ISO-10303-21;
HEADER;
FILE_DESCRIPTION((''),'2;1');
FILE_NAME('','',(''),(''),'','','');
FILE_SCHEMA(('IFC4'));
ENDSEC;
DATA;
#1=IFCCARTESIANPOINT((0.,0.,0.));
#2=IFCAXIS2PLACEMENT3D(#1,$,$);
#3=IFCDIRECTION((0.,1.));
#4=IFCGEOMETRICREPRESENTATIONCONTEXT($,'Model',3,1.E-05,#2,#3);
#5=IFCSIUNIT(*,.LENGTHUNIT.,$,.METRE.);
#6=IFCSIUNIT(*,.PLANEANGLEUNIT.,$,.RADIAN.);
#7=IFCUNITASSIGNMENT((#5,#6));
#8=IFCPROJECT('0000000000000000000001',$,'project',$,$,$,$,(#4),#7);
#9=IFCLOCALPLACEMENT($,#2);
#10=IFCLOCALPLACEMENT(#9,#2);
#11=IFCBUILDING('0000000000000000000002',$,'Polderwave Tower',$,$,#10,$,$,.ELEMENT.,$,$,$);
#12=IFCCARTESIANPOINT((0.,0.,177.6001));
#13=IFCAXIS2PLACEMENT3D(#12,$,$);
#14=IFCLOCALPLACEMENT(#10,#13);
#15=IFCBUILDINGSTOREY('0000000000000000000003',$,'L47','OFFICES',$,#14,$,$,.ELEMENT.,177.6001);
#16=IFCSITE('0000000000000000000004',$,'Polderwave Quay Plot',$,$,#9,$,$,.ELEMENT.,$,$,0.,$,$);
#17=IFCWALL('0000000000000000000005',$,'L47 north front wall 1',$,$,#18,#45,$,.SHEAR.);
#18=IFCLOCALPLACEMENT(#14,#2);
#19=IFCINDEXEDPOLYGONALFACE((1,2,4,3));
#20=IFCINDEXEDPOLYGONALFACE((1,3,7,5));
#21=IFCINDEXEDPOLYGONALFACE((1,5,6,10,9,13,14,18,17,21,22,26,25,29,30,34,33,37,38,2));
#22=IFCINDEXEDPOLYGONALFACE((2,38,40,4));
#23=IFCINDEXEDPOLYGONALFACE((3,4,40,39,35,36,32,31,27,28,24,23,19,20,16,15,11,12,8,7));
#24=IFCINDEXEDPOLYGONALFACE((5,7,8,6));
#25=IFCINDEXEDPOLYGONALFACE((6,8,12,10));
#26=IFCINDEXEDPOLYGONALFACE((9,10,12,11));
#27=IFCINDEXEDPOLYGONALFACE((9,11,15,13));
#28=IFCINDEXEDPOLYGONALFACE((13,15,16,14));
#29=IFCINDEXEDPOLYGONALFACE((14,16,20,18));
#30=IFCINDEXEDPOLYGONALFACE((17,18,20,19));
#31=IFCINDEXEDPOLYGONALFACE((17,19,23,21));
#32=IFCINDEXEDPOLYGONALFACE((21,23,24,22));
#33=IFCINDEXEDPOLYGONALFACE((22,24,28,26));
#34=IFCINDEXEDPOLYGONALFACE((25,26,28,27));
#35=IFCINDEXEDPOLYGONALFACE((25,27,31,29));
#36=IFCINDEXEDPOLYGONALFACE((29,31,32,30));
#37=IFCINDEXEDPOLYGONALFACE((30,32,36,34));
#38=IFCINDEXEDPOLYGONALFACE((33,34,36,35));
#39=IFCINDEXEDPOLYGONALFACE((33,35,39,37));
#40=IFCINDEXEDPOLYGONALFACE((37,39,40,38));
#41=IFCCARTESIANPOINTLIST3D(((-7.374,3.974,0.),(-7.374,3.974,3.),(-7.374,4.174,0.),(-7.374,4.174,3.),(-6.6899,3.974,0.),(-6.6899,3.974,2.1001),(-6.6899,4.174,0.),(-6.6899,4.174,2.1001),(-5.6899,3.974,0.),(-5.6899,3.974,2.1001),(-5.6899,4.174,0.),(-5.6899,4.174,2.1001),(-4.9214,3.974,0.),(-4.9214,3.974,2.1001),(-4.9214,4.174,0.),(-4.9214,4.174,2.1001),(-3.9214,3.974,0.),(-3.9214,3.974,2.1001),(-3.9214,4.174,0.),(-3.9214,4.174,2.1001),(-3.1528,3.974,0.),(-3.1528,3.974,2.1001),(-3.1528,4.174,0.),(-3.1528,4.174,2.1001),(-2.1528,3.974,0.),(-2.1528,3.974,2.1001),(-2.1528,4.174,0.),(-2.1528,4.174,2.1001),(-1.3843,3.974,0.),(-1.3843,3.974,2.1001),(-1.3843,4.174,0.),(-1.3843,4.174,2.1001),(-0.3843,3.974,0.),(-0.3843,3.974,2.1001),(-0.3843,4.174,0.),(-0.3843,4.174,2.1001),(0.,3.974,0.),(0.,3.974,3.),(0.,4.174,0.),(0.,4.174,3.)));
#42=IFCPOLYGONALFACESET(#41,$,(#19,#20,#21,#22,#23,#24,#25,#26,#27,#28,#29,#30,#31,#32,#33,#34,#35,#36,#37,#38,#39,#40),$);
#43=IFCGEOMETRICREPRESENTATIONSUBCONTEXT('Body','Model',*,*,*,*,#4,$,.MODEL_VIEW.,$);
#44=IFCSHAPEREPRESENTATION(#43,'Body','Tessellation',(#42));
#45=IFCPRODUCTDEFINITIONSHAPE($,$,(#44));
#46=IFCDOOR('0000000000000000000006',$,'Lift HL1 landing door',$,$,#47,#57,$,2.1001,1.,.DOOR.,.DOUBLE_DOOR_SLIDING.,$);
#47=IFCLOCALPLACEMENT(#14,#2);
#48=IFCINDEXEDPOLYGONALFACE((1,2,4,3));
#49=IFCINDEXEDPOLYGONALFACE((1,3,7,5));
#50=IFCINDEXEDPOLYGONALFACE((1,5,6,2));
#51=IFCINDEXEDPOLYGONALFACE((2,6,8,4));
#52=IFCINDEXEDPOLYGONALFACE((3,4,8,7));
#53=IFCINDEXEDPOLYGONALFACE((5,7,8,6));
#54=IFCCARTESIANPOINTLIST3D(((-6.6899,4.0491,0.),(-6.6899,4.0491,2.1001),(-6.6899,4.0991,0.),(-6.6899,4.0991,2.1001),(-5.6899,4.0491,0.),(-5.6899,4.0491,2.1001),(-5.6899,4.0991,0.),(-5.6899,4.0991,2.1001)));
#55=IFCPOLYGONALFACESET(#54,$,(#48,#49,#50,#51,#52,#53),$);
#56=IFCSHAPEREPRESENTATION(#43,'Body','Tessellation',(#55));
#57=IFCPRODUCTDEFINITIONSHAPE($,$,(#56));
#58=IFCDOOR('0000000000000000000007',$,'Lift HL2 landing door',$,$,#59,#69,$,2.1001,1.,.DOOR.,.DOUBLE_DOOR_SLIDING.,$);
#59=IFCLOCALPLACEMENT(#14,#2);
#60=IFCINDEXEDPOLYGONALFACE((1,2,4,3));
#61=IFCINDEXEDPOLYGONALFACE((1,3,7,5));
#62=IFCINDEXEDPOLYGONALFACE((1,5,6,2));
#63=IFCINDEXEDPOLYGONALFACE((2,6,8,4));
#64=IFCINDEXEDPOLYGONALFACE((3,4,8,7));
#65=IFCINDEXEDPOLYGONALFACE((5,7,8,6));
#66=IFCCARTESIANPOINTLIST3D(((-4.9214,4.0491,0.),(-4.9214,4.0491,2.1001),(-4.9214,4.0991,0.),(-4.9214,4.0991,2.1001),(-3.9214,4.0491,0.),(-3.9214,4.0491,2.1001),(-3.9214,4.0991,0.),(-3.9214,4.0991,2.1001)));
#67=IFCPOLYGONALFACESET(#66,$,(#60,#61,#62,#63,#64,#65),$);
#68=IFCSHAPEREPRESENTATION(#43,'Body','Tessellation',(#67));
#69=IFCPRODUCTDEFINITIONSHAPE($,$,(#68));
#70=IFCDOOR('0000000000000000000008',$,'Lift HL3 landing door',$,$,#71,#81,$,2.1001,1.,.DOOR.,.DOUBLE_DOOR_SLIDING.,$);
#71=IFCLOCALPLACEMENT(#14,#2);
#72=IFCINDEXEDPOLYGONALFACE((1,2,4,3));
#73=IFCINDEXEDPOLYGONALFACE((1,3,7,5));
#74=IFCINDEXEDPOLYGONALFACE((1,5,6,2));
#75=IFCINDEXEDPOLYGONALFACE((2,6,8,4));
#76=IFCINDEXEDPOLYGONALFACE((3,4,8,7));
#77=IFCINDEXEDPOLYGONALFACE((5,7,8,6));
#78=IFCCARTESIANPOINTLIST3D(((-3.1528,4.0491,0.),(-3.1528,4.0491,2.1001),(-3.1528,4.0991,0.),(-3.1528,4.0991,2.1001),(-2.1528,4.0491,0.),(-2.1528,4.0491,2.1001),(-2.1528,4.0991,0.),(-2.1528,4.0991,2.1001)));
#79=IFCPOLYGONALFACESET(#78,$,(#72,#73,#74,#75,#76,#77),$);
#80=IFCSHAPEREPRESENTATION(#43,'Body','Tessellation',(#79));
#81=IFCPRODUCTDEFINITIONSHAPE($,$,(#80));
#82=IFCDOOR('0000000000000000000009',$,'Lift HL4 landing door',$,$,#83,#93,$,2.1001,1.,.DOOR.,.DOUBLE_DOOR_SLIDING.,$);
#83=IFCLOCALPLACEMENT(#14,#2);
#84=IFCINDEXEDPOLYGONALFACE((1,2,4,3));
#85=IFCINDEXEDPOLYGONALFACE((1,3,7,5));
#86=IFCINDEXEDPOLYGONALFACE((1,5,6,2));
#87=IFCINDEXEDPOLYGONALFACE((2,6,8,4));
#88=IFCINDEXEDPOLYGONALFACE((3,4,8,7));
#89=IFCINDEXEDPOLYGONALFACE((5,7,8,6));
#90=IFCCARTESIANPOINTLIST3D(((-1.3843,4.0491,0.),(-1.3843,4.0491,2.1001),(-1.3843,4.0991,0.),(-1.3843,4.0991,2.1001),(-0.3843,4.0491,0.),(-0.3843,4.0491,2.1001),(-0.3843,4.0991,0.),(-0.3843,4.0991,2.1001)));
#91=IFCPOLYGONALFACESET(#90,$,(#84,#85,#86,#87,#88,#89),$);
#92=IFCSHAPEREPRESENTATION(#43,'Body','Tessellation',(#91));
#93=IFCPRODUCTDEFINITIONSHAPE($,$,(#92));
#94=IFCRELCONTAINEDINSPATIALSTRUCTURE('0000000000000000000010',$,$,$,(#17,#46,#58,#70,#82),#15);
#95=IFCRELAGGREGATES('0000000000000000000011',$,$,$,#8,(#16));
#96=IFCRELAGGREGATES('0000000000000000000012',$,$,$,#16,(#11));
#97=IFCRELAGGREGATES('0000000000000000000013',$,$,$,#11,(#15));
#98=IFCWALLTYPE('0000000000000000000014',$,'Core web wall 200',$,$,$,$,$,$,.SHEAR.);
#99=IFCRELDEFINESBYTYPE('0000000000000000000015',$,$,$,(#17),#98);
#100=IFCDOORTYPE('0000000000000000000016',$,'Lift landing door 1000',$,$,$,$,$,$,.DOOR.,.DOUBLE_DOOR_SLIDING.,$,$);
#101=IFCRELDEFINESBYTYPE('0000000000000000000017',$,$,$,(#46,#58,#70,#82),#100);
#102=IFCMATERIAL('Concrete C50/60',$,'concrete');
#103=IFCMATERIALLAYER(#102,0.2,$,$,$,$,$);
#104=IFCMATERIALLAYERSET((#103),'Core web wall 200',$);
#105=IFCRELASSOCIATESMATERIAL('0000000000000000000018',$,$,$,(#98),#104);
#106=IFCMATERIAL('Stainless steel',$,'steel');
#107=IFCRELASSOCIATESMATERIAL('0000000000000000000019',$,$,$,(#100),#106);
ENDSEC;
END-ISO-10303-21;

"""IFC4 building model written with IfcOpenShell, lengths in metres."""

from ifc_helpers import new_model, si_unit, direction, frame, frame_2d, origin, place, context, subcontext, project, spatial, rectangle, extrude, material, layer, layer_set, type_object, element, fill, save


model = new_model("IFC4")

# Units and contexts
model_context = context("Model", 3, precision=1e-05, world=origin(), true_north=direction((0.0, 1.0)))
body_context = subcontext(model_context, "Body", "Model", "MODEL_VIEW")
ifc_project = project(units=[si_unit("LENGTHUNIT", "METRE"), si_unit("PLANEANGLEUNIT", "RADIAN")], contexts=[model_context])

# Site, building, storey
site_placement = place(None, origin())
site = spatial("IfcSite", under=ifc_project, at=site_placement, Name="Polderwave Quay Plot", CompositionType="ELEMENT", RefElevation=0.0)
building_placement = place(site_placement, origin())
building = spatial("IfcBuilding", under=site, at=building_placement, Name="Polderwave Tower", CompositionType="ELEMENT")
storey_placement = place(building_placement, frame((0.0, 0.0, 177.6001)))
storey = spatial("IfcBuildingStorey", under=building, at=storey_placement, Name="L47", Description="OFFICES", CompositionType="ELEMENT", Elevation=177.6001)

# Wall, openings, doors
ifc_material_1 = material(Name="Concrete C50/60", Category="concrete")
ifc_layer_1 = layer(ifc_material_1, 0.2)
ifc_layer_set_1 = layer_set([ifc_layer_1], Name="Core web wall 200")
wall_type_1 = type_object("IfcWallType", Name="Core web wall 200", PredefinedType="SHEAR", material=ifc_layer_set_1)
wall_1_placement = place(storey_placement, frame((-7.374, 4.074, 0.0), z_axis=(0.0, 0.0, 1.0), x_axis=(1.0, 0.0, 0.0)))
wall_1 = element("IfcWall", 1, at=wall_1_placement, inside=storey, type_object=wall_type_1, Name="L47 north front wall 1", PredefinedType="SHEAR", context=body_context, shape_type="SweptSolid", body=[
    extrude(rectangle(XDim=7.374, YDim=0.2, at=frame_2d((3.687, 0.0))), origin(), (0.0, 0.0, 1.0), 3.0),
])
opening_1_placement = place(wall_1_placement, frame((0.6841, 0.0, 0.0)))
opening_1 = element("IfcOpeningElement", 2, at=opening_1_placement, cuts=wall_1, PredefinedType="OPENING", context=body_context, shape_type="SweptSolid", body=[
    extrude(rectangle(XDim=1.0, YDim=2.1001, at=frame_2d((0.5, 1.05))), frame((0.0, 0.1099, 0.0), z_axis=(0.0, -1.0, 0.0), x_axis=(1.0, 0.0, 0.0)), (0.0, 0.0, 1.0), 0.22),
])
opening_2_placement = place(wall_1_placement, frame((2.4526, 0.0, 0.0)))
opening_2 = element("IfcOpeningElement", 3, at=opening_2_placement, cuts=wall_1, PredefinedType="OPENING", context=body_context, shape_type="SweptSolid", body=[
    extrude(rectangle(XDim=1.0, YDim=2.1001, at=frame_2d((0.5, 1.05))), frame((0.0, 0.1099, 0.0), z_axis=(0.0, -1.0, 0.0), x_axis=(1.0, 0.0, 0.0)), (0.0, 0.0, 1.0), 0.22),
])
opening_3_placement = place(wall_1_placement, frame((4.2212, 0.0, 0.0)))
opening_3 = element("IfcOpeningElement", 4, at=opening_3_placement, cuts=wall_1, PredefinedType="OPENING", context=body_context, shape_type="SweptSolid", body=[
    extrude(rectangle(XDim=1.0, YDim=2.1001, at=frame_2d((0.5, 1.05))), frame((0.0, 0.1099, 0.0), z_axis=(0.0, -1.0, 0.0), x_axis=(1.0, 0.0, 0.0)), (0.0, 0.0, 1.0), 0.22),
])
opening_4_placement = place(wall_1_placement, frame((5.9897, 0.0, 0.0)))
opening_4 = element("IfcOpeningElement", 5, at=opening_4_placement, cuts=wall_1, PredefinedType="OPENING", context=body_context, shape_type="SweptSolid", body=[
    extrude(rectangle(XDim=1.0, YDim=2.1001, at=frame_2d((0.5, 1.05))), frame((0.0, 0.1099, 0.0), z_axis=(0.0, -1.0, 0.0), x_axis=(1.0, 0.0, 0.0)), (0.0, 0.0, 1.0), 0.22),
])
ifc_material_2 = material(Name="Stainless steel", Category="steel")
door_type_1 = type_object("IfcDoorType", Name="Lift landing door 1000", OperationType="DOUBLE_DOOR_SLIDING", PredefinedType="DOOR", material=ifc_material_2)
door_1_placement = place(opening_1_placement, frame((1.0, 0.0, 0.0), z_axis=(0.0, 0.0, 1.0), x_axis=(-1.0, 0.0, 0.0)))
door_1 = element("IfcDoor", 6, at=door_1_placement, inside=storey, type_object=door_type_1, Name="Lift HL1 landing door", OperationType="DOUBLE_DOOR_SLIDING", OverallHeight=2.1001, OverallWidth=1.0, PredefinedType="DOOR", context=body_context, shape_type="SweptSolid", body=[
    extrude(rectangle(XDim=1.0, YDim=2.1001, at=frame_2d((0.5, 1.05))), frame((0.0, 0.0249, 0.0), z_axis=(0.0, -1.0, 0.0), x_axis=(1.0, 0.0, 0.0)), (0.0, 0.0, 1.0), 0.05),
])
fill(opening_1, door_1)
door_2_placement = place(opening_2_placement, frame((1.0, 0.0, 0.0), z_axis=(0.0, 0.0, 1.0), x_axis=(-1.0, 0.0, 0.0)))
door_2 = element("IfcDoor", 7, at=door_2_placement, inside=storey, type_object=door_type_1, Name="Lift HL2 landing door", OperationType="DOUBLE_DOOR_SLIDING", OverallHeight=2.1001, OverallWidth=1.0, PredefinedType="DOOR", context=body_context, shape_type="SweptSolid", body=[
    extrude(rectangle(XDim=1.0, YDim=2.1001, at=frame_2d((0.5, 1.05))), frame((0.0, 0.0249, 0.0), z_axis=(0.0, -1.0, 0.0), x_axis=(1.0, 0.0, 0.0)), (0.0, 0.0, 1.0), 0.05),
])
fill(opening_2, door_2)
door_3_placement = place(opening_3_placement, frame((1.0, 0.0, 0.0), z_axis=(0.0, 0.0, 1.0), x_axis=(-1.0, 0.0, 0.0)))
door_3 = element("IfcDoor", 8, at=door_3_placement, inside=storey, type_object=door_type_1, Name="Lift HL3 landing door", OperationType="DOUBLE_DOOR_SLIDING", OverallHeight=2.1001, OverallWidth=1.0, PredefinedType="DOOR", context=body_context, shape_type="SweptSolid", body=[
    extrude(rectangle(XDim=1.0, YDim=2.1001, at=frame_2d((0.5, 1.05))), frame((0.0, 0.0249, 0.0), z_axis=(0.0, -1.0, 0.0), x_axis=(1.0, 0.0, 0.0)), (0.0, 0.0, 1.0), 0.05),
])
fill(opening_3, door_3)
door_4_placement = place(opening_4_placement, frame((1.0, 0.0, 0.0), z_axis=(0.0, 0.0, 1.0), x_axis=(-1.0, 0.0, 0.0)))
door_4 = element("IfcDoor", 9, at=door_4_placement, inside=storey, type_object=door_type_1, Name="Lift HL4 landing door", OperationType="DOUBLE_DOOR_SLIDING", OverallHeight=2.1001, OverallWidth=1.0, PredefinedType="DOOR", context=body_context, shape_type="SweptSolid", body=[
    extrude(rectangle(XDim=1.0, YDim=2.1001, at=frame_2d((0.5, 1.05))), frame((0.0, 0.0249, 0.0), z_axis=(0.0, -1.0, 0.0), x_axis=(1.0, 0.0, 0.0)), (0.0, 0.0, 1.0), 0.05),
])
fill(opening_4, door_4)

save(model, "model.ifc")
